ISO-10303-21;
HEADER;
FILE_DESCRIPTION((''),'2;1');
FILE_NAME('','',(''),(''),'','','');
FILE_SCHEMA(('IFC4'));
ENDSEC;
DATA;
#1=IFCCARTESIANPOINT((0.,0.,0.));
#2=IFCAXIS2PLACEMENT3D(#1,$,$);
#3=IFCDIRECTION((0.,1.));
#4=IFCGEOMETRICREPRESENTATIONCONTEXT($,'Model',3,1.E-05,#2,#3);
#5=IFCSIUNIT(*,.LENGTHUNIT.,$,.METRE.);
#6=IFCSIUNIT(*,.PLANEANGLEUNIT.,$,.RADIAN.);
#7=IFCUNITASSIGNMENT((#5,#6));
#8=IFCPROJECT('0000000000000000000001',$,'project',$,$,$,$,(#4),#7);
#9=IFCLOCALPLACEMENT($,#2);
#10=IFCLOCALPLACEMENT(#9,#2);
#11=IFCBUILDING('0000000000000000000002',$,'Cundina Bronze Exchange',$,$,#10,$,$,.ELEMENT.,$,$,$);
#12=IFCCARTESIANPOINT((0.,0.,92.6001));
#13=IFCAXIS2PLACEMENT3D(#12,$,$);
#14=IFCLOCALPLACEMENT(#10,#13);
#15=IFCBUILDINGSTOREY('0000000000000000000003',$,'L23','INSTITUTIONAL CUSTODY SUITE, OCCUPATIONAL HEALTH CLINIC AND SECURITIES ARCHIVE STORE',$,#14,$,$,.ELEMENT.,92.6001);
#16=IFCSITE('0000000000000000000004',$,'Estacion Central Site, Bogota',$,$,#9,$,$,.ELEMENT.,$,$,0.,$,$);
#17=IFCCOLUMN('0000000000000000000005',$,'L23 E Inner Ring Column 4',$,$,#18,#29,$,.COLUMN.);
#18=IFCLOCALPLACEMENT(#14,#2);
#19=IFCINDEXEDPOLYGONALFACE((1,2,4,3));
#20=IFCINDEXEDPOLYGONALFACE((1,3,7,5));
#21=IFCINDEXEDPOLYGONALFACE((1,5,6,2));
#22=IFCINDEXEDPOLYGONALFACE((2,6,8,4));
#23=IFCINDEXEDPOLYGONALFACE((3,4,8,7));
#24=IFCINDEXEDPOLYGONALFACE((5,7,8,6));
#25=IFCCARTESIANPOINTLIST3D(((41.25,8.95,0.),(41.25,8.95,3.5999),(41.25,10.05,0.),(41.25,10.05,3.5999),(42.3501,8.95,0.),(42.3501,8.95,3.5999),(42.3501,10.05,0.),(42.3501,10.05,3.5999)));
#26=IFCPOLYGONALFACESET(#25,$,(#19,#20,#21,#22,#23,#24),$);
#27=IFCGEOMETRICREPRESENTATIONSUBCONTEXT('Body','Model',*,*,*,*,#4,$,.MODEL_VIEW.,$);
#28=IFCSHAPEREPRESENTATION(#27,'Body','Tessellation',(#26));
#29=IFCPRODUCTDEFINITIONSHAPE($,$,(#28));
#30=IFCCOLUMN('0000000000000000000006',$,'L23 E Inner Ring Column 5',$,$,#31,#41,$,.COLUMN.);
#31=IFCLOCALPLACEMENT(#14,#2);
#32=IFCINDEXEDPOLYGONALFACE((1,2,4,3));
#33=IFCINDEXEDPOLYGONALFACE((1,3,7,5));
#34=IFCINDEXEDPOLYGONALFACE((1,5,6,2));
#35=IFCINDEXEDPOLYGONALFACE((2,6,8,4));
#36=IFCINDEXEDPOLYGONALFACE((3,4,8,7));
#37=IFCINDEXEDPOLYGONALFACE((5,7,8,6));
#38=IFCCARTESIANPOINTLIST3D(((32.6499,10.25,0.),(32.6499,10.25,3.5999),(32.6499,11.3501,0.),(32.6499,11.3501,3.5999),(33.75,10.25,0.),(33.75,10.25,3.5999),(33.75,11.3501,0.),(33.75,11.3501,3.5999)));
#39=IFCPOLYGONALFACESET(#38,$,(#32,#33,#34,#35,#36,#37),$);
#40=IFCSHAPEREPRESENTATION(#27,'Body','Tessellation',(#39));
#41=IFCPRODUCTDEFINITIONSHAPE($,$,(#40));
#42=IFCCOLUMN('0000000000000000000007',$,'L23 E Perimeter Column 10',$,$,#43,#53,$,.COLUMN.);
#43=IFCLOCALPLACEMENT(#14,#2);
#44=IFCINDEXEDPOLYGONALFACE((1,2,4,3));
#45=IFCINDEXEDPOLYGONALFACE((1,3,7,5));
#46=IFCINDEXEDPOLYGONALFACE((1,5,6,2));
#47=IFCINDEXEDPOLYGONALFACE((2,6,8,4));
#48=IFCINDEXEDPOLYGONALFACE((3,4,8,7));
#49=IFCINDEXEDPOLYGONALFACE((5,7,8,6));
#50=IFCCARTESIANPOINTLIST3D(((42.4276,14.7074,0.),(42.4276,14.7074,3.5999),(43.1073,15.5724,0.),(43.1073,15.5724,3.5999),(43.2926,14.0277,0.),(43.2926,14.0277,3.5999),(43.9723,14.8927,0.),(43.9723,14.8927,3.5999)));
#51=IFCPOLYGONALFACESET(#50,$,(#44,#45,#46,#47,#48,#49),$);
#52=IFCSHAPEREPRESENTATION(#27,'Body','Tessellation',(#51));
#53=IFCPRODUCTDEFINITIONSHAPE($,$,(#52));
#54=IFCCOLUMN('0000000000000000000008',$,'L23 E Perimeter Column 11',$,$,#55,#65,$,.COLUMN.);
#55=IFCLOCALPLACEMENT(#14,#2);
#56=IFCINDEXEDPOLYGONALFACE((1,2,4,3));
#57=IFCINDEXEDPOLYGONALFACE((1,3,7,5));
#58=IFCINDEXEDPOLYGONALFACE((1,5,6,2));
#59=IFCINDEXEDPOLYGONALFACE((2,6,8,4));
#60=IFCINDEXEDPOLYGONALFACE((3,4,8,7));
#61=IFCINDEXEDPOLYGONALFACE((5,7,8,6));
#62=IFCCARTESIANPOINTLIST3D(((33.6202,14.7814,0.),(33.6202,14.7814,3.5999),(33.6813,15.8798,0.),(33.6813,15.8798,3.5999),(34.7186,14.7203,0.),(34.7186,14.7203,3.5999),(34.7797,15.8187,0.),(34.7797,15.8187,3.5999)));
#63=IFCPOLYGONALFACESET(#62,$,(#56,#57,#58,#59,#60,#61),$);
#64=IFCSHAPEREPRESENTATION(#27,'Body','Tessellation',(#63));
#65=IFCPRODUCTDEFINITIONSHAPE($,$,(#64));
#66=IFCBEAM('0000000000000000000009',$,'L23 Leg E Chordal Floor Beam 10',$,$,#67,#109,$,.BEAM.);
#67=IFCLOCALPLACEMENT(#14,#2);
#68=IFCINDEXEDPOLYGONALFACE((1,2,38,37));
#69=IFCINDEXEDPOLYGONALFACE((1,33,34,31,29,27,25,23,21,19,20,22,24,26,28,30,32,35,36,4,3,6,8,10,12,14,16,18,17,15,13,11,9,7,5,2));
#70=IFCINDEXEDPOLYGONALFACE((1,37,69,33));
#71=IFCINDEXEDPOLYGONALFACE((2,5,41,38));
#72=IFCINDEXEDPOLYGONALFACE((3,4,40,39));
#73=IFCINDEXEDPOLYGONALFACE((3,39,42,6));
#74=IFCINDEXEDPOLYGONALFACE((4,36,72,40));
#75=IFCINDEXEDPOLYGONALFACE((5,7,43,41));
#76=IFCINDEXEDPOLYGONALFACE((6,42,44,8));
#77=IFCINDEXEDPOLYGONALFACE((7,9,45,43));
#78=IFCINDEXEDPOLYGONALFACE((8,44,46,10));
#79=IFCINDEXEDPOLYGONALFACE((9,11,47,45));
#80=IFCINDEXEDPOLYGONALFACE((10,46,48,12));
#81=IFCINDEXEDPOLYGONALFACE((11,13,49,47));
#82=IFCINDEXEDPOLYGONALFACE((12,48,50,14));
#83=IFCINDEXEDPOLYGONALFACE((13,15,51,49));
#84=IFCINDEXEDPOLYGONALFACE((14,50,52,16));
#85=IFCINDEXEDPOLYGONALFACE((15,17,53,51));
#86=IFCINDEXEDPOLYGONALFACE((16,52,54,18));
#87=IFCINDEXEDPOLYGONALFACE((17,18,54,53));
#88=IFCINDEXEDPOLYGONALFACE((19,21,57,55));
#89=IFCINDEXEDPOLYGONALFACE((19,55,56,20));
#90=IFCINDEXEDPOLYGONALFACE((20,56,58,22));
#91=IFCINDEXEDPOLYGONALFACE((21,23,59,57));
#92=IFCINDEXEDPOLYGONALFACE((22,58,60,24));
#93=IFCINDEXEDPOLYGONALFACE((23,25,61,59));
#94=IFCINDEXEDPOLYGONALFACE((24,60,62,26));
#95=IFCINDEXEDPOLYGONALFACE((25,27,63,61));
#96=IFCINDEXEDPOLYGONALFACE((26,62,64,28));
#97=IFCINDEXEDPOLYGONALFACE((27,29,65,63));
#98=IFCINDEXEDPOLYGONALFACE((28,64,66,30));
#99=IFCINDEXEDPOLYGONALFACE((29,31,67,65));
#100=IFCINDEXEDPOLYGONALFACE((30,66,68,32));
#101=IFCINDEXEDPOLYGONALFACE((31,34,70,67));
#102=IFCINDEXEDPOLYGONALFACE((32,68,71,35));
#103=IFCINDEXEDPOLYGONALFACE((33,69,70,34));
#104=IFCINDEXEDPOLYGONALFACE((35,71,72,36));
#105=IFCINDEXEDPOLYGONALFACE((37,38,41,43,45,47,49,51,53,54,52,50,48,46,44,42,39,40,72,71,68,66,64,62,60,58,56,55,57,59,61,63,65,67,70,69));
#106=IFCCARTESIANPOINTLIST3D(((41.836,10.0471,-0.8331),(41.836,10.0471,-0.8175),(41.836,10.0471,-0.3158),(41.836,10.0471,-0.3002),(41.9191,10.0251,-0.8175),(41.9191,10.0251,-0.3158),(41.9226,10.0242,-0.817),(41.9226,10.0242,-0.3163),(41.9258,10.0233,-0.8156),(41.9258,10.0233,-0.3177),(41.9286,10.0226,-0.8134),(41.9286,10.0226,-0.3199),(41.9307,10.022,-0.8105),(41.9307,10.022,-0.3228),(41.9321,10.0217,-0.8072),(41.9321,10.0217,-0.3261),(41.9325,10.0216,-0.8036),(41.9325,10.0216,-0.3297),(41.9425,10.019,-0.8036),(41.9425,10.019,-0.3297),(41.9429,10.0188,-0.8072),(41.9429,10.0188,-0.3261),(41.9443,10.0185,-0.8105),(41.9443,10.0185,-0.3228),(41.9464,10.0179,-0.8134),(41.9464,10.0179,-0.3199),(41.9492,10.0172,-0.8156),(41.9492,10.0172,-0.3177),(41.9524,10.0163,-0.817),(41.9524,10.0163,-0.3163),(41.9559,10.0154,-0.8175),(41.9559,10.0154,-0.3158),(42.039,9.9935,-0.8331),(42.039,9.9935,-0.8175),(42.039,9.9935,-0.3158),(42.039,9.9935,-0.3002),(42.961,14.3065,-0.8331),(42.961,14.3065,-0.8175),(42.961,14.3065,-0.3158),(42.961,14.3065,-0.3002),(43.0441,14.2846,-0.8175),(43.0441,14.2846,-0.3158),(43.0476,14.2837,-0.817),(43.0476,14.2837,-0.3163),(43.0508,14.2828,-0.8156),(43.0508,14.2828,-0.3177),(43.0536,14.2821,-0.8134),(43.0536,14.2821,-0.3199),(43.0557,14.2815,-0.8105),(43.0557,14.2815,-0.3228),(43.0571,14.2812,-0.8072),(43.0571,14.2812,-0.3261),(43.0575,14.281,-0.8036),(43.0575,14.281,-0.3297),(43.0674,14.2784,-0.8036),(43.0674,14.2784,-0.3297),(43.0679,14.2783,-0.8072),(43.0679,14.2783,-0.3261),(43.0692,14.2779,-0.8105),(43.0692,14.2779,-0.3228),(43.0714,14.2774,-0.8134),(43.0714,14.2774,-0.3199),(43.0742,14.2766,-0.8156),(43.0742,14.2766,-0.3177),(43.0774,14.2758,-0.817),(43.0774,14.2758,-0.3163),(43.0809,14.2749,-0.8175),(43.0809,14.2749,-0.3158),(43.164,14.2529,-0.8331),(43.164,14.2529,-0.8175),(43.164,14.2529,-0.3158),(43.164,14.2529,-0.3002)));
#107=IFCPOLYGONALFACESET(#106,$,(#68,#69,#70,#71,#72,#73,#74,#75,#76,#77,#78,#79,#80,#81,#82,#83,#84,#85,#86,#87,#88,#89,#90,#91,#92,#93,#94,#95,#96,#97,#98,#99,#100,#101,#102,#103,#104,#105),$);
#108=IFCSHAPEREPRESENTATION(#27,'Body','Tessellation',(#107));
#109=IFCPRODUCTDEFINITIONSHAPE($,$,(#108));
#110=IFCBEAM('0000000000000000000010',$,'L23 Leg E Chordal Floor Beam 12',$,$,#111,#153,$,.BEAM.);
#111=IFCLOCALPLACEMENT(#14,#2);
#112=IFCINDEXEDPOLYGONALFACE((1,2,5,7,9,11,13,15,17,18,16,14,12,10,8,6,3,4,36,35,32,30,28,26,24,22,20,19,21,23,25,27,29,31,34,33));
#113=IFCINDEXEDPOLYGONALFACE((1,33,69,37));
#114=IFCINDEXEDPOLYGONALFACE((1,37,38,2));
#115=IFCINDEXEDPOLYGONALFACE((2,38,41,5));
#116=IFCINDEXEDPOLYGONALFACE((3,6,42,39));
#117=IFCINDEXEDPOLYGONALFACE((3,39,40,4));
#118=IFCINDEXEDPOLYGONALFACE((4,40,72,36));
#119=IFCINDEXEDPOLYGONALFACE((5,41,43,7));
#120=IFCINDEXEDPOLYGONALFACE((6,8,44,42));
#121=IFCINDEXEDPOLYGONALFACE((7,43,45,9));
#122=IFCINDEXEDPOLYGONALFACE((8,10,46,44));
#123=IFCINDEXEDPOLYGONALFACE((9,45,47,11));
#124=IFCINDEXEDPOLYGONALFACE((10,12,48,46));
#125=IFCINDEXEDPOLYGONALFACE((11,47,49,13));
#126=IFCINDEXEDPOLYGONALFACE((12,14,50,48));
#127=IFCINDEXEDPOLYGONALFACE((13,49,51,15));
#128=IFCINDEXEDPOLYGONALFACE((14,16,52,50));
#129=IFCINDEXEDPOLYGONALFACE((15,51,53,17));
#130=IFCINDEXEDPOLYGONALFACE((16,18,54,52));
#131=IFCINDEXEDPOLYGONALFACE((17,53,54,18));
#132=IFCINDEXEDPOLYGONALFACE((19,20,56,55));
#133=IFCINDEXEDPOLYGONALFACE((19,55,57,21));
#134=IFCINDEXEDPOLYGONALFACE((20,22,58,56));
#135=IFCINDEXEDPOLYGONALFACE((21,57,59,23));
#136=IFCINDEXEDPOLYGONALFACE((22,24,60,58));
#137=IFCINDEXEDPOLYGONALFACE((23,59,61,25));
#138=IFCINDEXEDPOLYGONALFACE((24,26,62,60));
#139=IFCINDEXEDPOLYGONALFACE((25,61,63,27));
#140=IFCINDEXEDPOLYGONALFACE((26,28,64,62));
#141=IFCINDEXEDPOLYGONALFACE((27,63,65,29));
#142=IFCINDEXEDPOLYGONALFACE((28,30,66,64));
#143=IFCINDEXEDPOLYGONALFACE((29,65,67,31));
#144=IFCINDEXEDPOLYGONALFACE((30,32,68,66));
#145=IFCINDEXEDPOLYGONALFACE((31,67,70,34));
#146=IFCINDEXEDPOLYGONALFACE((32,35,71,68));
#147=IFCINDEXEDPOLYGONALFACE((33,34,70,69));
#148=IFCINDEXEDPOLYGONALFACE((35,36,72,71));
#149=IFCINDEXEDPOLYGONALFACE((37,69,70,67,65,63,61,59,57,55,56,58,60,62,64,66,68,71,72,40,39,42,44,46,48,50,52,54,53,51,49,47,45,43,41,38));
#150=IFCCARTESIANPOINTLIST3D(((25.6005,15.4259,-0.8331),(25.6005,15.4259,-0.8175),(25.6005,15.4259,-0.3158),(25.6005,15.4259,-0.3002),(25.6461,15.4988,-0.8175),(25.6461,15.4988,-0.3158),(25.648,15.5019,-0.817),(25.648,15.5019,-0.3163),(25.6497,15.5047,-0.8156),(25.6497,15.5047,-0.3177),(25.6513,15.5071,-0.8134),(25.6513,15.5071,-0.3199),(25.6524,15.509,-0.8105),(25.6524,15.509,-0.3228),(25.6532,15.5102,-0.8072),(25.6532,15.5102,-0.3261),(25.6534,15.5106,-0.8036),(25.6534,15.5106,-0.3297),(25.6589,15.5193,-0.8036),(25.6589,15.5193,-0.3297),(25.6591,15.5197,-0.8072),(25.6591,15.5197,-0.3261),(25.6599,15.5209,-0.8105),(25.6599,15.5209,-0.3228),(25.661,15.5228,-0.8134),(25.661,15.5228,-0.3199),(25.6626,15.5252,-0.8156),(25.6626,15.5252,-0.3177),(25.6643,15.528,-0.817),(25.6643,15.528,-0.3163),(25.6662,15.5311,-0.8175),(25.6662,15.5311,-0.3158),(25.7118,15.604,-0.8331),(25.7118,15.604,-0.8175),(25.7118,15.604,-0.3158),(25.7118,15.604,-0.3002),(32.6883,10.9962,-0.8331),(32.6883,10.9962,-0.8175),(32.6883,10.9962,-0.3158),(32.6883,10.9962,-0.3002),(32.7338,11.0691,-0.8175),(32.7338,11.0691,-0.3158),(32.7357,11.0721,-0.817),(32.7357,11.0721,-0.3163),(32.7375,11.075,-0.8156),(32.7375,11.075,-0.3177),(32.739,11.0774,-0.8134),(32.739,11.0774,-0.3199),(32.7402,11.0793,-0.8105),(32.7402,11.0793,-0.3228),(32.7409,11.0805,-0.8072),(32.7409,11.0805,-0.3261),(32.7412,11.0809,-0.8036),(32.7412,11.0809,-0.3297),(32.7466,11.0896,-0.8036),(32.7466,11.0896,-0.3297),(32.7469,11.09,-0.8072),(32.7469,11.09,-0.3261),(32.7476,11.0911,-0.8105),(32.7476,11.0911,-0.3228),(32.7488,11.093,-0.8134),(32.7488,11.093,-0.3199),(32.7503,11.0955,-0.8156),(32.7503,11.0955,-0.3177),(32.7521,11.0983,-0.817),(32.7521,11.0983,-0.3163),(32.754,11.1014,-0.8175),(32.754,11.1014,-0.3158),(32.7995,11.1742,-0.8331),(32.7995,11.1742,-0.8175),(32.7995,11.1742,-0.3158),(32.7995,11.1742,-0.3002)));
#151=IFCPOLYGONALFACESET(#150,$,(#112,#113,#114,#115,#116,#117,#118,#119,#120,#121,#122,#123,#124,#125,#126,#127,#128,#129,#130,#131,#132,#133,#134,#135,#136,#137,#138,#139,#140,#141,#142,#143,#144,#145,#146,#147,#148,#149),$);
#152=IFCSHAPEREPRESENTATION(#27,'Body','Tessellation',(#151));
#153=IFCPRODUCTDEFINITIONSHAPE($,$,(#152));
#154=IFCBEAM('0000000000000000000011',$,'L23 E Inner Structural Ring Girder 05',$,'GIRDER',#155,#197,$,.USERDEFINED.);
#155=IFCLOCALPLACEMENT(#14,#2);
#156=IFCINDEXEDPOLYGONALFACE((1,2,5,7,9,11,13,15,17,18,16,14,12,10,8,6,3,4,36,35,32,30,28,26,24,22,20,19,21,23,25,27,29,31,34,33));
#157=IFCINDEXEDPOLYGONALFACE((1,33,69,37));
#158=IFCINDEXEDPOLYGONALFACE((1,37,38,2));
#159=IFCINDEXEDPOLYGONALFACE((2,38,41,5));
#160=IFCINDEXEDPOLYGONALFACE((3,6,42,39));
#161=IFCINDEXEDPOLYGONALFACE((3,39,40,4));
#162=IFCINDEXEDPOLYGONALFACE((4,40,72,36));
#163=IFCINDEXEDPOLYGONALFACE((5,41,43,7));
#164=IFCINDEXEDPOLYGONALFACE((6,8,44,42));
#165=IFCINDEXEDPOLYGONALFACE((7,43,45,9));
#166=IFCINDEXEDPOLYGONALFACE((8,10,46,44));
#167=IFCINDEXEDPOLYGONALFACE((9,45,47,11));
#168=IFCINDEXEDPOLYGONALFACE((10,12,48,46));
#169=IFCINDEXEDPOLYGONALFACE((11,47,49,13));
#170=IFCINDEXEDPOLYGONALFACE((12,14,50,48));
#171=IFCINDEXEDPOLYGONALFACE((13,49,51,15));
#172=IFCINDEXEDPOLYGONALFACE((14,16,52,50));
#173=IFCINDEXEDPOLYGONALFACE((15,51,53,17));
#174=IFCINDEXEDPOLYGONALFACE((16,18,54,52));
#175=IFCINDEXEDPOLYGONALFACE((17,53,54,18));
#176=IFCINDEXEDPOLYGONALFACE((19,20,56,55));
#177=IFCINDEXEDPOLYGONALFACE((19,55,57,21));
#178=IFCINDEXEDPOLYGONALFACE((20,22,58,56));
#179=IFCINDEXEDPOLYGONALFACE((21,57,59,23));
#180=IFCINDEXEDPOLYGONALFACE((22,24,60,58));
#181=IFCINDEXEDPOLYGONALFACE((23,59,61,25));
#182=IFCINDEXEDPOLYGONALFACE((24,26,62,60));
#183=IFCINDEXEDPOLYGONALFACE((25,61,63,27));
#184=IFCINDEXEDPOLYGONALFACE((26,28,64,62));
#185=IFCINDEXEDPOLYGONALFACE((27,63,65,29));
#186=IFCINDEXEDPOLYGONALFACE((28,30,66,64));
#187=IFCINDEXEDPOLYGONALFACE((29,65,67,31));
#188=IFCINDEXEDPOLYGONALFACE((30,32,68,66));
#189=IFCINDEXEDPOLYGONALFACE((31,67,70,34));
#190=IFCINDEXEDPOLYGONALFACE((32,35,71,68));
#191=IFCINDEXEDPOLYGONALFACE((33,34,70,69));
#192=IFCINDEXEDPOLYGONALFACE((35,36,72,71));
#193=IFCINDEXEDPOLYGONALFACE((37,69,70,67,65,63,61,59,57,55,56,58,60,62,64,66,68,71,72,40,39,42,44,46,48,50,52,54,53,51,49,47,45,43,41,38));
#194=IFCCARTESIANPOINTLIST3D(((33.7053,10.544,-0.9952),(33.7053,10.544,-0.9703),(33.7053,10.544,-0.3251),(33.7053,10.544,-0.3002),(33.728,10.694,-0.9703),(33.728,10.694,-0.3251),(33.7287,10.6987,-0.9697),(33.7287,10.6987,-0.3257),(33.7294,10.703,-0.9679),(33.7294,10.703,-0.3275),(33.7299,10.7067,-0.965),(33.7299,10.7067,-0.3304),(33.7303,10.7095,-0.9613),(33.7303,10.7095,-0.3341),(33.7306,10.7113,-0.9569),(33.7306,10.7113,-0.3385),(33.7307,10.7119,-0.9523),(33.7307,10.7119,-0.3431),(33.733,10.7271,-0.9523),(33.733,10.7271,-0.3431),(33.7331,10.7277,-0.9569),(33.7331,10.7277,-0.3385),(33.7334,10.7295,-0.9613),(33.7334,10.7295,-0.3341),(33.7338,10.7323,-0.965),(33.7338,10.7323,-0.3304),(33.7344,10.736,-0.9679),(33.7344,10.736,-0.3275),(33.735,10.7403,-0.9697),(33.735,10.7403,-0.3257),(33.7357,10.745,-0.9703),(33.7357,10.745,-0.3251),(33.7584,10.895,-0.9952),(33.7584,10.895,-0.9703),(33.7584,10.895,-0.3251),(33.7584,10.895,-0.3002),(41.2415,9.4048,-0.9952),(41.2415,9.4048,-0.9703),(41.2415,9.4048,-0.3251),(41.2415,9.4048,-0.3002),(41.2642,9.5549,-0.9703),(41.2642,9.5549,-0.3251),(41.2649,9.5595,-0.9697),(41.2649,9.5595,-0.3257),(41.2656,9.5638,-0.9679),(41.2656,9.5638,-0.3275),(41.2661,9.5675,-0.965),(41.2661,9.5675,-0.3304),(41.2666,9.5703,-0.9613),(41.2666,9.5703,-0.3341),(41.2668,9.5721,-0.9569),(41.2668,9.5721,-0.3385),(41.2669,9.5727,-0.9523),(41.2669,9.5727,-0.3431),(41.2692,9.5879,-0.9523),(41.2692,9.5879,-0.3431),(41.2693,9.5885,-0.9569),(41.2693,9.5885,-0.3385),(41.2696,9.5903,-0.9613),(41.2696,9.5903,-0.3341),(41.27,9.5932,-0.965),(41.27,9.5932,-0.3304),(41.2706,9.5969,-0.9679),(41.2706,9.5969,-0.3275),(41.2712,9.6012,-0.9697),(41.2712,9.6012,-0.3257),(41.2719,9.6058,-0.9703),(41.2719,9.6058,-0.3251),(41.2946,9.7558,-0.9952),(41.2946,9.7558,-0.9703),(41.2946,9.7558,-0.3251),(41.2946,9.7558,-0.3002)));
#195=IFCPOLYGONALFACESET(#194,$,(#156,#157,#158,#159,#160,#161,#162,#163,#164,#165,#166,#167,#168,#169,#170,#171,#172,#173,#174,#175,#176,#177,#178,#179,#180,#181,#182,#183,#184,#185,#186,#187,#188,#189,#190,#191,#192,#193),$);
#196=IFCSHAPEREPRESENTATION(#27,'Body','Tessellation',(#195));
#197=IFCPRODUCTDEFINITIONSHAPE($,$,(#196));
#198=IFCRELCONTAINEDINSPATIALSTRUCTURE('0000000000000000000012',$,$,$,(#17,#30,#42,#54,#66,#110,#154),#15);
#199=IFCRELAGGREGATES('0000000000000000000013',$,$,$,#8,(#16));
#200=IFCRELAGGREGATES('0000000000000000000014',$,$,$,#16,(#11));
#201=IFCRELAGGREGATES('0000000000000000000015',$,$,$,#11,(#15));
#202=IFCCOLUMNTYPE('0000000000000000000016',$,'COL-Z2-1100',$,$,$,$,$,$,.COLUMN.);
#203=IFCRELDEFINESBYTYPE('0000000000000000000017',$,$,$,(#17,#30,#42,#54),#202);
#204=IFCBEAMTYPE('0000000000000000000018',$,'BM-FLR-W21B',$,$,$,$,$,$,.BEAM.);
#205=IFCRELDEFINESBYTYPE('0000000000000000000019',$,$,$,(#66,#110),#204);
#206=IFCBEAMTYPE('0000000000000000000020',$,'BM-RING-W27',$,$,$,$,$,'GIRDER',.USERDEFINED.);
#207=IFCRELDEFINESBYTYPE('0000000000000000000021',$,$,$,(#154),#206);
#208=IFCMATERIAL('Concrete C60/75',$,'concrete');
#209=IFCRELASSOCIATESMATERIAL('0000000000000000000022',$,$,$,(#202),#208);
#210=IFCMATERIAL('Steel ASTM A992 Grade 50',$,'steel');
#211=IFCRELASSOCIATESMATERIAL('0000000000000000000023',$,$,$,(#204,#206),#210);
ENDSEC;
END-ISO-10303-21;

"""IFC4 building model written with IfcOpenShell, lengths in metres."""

from ifc_helpers import new_model, si_unit, direction, frame, origin, origin_2d, place, context, subcontext, project, spatial, rectangle, i_section, extrude, material, material_profile, profile_set, type_object, element, save


model = new_model("IFC4")

# Units and contexts
model_context = context("Model", 3, precision=1e-05, world=origin(), true_north=direction((0.0, 1.0)))
body_context = subcontext(model_context, "Body", "Model", "MODEL_VIEW")
ifc_project = project(units=[si_unit("LENGTHUNIT", "METRE"), si_unit("PLANEANGLEUNIT", "RADIAN")], contexts=[model_context])

# Site, building, storey
site_placement = place(None, origin())
site = spatial("IfcSite", under=ifc_project, at=site_placement, Name="Estacion Central Site, Bogota", CompositionType="ELEMENT", RefElevation=0.0)
building_placement = place(site_placement, origin())
building = spatial("IfcBuilding", under=site, at=building_placement, Name="Cundina Bronze Exchange", CompositionType="ELEMENT")
storey_placement = place(building_placement, frame((0.0, 0.0, 92.6001)))
storey = spatial("IfcBuildingStorey", under=building, at=storey_placement, Name="L23", Description="INSTITUTIONAL CUSTODY SUITE, OCCUPATIONAL HEALTH CLINIC AND SECURITIES ARCHIVE STORE", CompositionType="ELEMENT", Elevation=92.6001)

# Columns
ifc_material_1 = material(Name="Concrete C60/75", Category="concrete")
ifc_material_profile_1 = material_profile(ifc_material_1, rectangle(XDim=1.1001, YDim=1.1001, at=origin_2d()), Name="RC1100X1100", Category="concrete")
ifc_profile_set_1 = profile_set([ifc_material_profile_1], Name="Concrete C60/75")
column_type = type_object("IfcColumnType", Name="COL-Z2-1100", PredefinedType="COLUMN", material=ifc_profile_set_1)
for number, where, z_axis, x_axis, name in (
    (1, (41.8, 9.5, 0.0), (0.0, 0.0, 1.0), (1.0, 0.0, 0.0), "L23 E Inner Ring Column 4"),
    (2, (33.2, 10.8, 0.0), (0.0, 0.0, 1.0), (1.0, 0.0, 0.0), "L23 E Inner Ring Column 5"),
    (3, (43.2, 14.8, 0.0), (0.0, 0.0, 1.0), (-0.786288, 0.61786, 0.0), "L23 E Perimeter Column 10"),
    (4, (34.2, 15.3, 0.0), (0.0, 0.0, 1.0), (-0.99846, 0.055473, 0.0), "L23 E Perimeter Column 11"),
):
    element("IfcColumn", number, at=place(storey_placement, frame(where, z_axis=z_axis, x_axis=x_axis)), inside=storey, type_object=column_type, Name=name, PredefinedType="COLUMN", context=body_context, shape_type="SweptSolid", body=[
        extrude(rectangle(XDim=1.1001, YDim=1.1001, at=origin_2d()), origin(), (0.0, 0.0, 1.0), 3.5999),
    ])

# Beams
ifc_material_2 = material(Name="Steel ASTM A992 Grade 50", Category="steel")
ifc_material_profile_2 = material_profile(ifc_material_2, i_section(OverallWidth=0.21, OverallDepth=0.533, WebThickness=0.0103, FlangeThickness=0.0156, FilletRadius=0.0139, at=origin_2d()), Name="W21X62", Category="steel")
ifc_profile_set_2 = profile_set([ifc_material_profile_2], Name="Steel ASTM A992 Grade 50")
beam_type_1 = type_object("IfcBeamType", Name="BM-FLR-W21B", PredefinedType="BEAM", material=ifc_profile_set_2)
beam_1_placement = place(storey_placement, frame((41.9375, 10.0203, -0.5667), z_axis=(0.255358, 0.966847, 0.0), x_axis=(-0.966847, 0.255358, 0.0)))
element("IfcBeam", 5, at=beam_1_placement, inside=storey, type_object=beam_type_1, Name="L23 Leg E Chordal Floor Beam 10", PredefinedType="BEAM", context=body_context, shape_type="SweptSolid", body=[
    extrude(i_section(OverallWidth=0.21, OverallDepth=0.533, WebThickness=0.0103, FlangeThickness=0.0156, FilletRadius=0.0139, at=origin_2d()), origin(), (0.0, 0.0, 1.0), 4.4055),
])
beam_2_placement = place(storey_placement, frame((32.7439, 11.0852, -0.5667), z_axis=(-0.848003, 0.529991, 0.0), x_axis=(-0.529991, -0.848003, 0.0)))
element("IfcBeam", 6, at=beam_2_placement, inside=storey, type_object=beam_type_1, Name="L23 Leg E Chordal Floor Beam 12", PredefinedType="BEAM", context=body_context, shape_type="SweptSolid", body=[
    extrude(i_section(OverallWidth=0.21, OverallDepth=0.533, WebThickness=0.0103, FlangeThickness=0.0156, FilletRadius=0.0139, at=origin_2d()), origin(), (0.0, 0.0, 1.0), 8.3582),
])
ifc_material_profile_3 = material_profile(ifc_material_2, i_section(OverallWidth=0.355, OverallDepth=0.6951, WebThickness=0.0154, FlangeThickness=0.0249, FilletRadius=0.0181, at=origin_2d()), Name="W27X146", Category="steel")
ifc_profile_set_3 = profile_set([ifc_material_profile_3], Name="Steel ASTM A992 Grade 50")
beam_type_2 = type_object("IfcBeamType", Name="BM-RING-W27", ElementType="GIRDER", PredefinedType="USERDEFINED", material=ifc_profile_set_3)
beam_3_placement = place(storey_placement, frame((41.2681, 9.5803, -0.6477), z_axis=(-0.988767, 0.149462, 0.0), x_axis=(-0.149462, -0.988767, 0.0)))
element("IfcBeam", 7, at=beam_3_placement, inside=storey, type_object=beam_type_2, Name="L23 E Inner Structural Ring Girder 05", ObjectType="GIRDER", PredefinedType="USERDEFINED", context=body_context, shape_type="SweptSolid", body=[
    extrude(i_section(OverallWidth=0.355, OverallDepth=0.6951, WebThickness=0.0154, FlangeThickness=0.0249, FilletRadius=0.0181, at=origin_2d()), origin(), (0.0, 0.0, 1.0), 7.6218),
])

save(model, "model.ifc")
